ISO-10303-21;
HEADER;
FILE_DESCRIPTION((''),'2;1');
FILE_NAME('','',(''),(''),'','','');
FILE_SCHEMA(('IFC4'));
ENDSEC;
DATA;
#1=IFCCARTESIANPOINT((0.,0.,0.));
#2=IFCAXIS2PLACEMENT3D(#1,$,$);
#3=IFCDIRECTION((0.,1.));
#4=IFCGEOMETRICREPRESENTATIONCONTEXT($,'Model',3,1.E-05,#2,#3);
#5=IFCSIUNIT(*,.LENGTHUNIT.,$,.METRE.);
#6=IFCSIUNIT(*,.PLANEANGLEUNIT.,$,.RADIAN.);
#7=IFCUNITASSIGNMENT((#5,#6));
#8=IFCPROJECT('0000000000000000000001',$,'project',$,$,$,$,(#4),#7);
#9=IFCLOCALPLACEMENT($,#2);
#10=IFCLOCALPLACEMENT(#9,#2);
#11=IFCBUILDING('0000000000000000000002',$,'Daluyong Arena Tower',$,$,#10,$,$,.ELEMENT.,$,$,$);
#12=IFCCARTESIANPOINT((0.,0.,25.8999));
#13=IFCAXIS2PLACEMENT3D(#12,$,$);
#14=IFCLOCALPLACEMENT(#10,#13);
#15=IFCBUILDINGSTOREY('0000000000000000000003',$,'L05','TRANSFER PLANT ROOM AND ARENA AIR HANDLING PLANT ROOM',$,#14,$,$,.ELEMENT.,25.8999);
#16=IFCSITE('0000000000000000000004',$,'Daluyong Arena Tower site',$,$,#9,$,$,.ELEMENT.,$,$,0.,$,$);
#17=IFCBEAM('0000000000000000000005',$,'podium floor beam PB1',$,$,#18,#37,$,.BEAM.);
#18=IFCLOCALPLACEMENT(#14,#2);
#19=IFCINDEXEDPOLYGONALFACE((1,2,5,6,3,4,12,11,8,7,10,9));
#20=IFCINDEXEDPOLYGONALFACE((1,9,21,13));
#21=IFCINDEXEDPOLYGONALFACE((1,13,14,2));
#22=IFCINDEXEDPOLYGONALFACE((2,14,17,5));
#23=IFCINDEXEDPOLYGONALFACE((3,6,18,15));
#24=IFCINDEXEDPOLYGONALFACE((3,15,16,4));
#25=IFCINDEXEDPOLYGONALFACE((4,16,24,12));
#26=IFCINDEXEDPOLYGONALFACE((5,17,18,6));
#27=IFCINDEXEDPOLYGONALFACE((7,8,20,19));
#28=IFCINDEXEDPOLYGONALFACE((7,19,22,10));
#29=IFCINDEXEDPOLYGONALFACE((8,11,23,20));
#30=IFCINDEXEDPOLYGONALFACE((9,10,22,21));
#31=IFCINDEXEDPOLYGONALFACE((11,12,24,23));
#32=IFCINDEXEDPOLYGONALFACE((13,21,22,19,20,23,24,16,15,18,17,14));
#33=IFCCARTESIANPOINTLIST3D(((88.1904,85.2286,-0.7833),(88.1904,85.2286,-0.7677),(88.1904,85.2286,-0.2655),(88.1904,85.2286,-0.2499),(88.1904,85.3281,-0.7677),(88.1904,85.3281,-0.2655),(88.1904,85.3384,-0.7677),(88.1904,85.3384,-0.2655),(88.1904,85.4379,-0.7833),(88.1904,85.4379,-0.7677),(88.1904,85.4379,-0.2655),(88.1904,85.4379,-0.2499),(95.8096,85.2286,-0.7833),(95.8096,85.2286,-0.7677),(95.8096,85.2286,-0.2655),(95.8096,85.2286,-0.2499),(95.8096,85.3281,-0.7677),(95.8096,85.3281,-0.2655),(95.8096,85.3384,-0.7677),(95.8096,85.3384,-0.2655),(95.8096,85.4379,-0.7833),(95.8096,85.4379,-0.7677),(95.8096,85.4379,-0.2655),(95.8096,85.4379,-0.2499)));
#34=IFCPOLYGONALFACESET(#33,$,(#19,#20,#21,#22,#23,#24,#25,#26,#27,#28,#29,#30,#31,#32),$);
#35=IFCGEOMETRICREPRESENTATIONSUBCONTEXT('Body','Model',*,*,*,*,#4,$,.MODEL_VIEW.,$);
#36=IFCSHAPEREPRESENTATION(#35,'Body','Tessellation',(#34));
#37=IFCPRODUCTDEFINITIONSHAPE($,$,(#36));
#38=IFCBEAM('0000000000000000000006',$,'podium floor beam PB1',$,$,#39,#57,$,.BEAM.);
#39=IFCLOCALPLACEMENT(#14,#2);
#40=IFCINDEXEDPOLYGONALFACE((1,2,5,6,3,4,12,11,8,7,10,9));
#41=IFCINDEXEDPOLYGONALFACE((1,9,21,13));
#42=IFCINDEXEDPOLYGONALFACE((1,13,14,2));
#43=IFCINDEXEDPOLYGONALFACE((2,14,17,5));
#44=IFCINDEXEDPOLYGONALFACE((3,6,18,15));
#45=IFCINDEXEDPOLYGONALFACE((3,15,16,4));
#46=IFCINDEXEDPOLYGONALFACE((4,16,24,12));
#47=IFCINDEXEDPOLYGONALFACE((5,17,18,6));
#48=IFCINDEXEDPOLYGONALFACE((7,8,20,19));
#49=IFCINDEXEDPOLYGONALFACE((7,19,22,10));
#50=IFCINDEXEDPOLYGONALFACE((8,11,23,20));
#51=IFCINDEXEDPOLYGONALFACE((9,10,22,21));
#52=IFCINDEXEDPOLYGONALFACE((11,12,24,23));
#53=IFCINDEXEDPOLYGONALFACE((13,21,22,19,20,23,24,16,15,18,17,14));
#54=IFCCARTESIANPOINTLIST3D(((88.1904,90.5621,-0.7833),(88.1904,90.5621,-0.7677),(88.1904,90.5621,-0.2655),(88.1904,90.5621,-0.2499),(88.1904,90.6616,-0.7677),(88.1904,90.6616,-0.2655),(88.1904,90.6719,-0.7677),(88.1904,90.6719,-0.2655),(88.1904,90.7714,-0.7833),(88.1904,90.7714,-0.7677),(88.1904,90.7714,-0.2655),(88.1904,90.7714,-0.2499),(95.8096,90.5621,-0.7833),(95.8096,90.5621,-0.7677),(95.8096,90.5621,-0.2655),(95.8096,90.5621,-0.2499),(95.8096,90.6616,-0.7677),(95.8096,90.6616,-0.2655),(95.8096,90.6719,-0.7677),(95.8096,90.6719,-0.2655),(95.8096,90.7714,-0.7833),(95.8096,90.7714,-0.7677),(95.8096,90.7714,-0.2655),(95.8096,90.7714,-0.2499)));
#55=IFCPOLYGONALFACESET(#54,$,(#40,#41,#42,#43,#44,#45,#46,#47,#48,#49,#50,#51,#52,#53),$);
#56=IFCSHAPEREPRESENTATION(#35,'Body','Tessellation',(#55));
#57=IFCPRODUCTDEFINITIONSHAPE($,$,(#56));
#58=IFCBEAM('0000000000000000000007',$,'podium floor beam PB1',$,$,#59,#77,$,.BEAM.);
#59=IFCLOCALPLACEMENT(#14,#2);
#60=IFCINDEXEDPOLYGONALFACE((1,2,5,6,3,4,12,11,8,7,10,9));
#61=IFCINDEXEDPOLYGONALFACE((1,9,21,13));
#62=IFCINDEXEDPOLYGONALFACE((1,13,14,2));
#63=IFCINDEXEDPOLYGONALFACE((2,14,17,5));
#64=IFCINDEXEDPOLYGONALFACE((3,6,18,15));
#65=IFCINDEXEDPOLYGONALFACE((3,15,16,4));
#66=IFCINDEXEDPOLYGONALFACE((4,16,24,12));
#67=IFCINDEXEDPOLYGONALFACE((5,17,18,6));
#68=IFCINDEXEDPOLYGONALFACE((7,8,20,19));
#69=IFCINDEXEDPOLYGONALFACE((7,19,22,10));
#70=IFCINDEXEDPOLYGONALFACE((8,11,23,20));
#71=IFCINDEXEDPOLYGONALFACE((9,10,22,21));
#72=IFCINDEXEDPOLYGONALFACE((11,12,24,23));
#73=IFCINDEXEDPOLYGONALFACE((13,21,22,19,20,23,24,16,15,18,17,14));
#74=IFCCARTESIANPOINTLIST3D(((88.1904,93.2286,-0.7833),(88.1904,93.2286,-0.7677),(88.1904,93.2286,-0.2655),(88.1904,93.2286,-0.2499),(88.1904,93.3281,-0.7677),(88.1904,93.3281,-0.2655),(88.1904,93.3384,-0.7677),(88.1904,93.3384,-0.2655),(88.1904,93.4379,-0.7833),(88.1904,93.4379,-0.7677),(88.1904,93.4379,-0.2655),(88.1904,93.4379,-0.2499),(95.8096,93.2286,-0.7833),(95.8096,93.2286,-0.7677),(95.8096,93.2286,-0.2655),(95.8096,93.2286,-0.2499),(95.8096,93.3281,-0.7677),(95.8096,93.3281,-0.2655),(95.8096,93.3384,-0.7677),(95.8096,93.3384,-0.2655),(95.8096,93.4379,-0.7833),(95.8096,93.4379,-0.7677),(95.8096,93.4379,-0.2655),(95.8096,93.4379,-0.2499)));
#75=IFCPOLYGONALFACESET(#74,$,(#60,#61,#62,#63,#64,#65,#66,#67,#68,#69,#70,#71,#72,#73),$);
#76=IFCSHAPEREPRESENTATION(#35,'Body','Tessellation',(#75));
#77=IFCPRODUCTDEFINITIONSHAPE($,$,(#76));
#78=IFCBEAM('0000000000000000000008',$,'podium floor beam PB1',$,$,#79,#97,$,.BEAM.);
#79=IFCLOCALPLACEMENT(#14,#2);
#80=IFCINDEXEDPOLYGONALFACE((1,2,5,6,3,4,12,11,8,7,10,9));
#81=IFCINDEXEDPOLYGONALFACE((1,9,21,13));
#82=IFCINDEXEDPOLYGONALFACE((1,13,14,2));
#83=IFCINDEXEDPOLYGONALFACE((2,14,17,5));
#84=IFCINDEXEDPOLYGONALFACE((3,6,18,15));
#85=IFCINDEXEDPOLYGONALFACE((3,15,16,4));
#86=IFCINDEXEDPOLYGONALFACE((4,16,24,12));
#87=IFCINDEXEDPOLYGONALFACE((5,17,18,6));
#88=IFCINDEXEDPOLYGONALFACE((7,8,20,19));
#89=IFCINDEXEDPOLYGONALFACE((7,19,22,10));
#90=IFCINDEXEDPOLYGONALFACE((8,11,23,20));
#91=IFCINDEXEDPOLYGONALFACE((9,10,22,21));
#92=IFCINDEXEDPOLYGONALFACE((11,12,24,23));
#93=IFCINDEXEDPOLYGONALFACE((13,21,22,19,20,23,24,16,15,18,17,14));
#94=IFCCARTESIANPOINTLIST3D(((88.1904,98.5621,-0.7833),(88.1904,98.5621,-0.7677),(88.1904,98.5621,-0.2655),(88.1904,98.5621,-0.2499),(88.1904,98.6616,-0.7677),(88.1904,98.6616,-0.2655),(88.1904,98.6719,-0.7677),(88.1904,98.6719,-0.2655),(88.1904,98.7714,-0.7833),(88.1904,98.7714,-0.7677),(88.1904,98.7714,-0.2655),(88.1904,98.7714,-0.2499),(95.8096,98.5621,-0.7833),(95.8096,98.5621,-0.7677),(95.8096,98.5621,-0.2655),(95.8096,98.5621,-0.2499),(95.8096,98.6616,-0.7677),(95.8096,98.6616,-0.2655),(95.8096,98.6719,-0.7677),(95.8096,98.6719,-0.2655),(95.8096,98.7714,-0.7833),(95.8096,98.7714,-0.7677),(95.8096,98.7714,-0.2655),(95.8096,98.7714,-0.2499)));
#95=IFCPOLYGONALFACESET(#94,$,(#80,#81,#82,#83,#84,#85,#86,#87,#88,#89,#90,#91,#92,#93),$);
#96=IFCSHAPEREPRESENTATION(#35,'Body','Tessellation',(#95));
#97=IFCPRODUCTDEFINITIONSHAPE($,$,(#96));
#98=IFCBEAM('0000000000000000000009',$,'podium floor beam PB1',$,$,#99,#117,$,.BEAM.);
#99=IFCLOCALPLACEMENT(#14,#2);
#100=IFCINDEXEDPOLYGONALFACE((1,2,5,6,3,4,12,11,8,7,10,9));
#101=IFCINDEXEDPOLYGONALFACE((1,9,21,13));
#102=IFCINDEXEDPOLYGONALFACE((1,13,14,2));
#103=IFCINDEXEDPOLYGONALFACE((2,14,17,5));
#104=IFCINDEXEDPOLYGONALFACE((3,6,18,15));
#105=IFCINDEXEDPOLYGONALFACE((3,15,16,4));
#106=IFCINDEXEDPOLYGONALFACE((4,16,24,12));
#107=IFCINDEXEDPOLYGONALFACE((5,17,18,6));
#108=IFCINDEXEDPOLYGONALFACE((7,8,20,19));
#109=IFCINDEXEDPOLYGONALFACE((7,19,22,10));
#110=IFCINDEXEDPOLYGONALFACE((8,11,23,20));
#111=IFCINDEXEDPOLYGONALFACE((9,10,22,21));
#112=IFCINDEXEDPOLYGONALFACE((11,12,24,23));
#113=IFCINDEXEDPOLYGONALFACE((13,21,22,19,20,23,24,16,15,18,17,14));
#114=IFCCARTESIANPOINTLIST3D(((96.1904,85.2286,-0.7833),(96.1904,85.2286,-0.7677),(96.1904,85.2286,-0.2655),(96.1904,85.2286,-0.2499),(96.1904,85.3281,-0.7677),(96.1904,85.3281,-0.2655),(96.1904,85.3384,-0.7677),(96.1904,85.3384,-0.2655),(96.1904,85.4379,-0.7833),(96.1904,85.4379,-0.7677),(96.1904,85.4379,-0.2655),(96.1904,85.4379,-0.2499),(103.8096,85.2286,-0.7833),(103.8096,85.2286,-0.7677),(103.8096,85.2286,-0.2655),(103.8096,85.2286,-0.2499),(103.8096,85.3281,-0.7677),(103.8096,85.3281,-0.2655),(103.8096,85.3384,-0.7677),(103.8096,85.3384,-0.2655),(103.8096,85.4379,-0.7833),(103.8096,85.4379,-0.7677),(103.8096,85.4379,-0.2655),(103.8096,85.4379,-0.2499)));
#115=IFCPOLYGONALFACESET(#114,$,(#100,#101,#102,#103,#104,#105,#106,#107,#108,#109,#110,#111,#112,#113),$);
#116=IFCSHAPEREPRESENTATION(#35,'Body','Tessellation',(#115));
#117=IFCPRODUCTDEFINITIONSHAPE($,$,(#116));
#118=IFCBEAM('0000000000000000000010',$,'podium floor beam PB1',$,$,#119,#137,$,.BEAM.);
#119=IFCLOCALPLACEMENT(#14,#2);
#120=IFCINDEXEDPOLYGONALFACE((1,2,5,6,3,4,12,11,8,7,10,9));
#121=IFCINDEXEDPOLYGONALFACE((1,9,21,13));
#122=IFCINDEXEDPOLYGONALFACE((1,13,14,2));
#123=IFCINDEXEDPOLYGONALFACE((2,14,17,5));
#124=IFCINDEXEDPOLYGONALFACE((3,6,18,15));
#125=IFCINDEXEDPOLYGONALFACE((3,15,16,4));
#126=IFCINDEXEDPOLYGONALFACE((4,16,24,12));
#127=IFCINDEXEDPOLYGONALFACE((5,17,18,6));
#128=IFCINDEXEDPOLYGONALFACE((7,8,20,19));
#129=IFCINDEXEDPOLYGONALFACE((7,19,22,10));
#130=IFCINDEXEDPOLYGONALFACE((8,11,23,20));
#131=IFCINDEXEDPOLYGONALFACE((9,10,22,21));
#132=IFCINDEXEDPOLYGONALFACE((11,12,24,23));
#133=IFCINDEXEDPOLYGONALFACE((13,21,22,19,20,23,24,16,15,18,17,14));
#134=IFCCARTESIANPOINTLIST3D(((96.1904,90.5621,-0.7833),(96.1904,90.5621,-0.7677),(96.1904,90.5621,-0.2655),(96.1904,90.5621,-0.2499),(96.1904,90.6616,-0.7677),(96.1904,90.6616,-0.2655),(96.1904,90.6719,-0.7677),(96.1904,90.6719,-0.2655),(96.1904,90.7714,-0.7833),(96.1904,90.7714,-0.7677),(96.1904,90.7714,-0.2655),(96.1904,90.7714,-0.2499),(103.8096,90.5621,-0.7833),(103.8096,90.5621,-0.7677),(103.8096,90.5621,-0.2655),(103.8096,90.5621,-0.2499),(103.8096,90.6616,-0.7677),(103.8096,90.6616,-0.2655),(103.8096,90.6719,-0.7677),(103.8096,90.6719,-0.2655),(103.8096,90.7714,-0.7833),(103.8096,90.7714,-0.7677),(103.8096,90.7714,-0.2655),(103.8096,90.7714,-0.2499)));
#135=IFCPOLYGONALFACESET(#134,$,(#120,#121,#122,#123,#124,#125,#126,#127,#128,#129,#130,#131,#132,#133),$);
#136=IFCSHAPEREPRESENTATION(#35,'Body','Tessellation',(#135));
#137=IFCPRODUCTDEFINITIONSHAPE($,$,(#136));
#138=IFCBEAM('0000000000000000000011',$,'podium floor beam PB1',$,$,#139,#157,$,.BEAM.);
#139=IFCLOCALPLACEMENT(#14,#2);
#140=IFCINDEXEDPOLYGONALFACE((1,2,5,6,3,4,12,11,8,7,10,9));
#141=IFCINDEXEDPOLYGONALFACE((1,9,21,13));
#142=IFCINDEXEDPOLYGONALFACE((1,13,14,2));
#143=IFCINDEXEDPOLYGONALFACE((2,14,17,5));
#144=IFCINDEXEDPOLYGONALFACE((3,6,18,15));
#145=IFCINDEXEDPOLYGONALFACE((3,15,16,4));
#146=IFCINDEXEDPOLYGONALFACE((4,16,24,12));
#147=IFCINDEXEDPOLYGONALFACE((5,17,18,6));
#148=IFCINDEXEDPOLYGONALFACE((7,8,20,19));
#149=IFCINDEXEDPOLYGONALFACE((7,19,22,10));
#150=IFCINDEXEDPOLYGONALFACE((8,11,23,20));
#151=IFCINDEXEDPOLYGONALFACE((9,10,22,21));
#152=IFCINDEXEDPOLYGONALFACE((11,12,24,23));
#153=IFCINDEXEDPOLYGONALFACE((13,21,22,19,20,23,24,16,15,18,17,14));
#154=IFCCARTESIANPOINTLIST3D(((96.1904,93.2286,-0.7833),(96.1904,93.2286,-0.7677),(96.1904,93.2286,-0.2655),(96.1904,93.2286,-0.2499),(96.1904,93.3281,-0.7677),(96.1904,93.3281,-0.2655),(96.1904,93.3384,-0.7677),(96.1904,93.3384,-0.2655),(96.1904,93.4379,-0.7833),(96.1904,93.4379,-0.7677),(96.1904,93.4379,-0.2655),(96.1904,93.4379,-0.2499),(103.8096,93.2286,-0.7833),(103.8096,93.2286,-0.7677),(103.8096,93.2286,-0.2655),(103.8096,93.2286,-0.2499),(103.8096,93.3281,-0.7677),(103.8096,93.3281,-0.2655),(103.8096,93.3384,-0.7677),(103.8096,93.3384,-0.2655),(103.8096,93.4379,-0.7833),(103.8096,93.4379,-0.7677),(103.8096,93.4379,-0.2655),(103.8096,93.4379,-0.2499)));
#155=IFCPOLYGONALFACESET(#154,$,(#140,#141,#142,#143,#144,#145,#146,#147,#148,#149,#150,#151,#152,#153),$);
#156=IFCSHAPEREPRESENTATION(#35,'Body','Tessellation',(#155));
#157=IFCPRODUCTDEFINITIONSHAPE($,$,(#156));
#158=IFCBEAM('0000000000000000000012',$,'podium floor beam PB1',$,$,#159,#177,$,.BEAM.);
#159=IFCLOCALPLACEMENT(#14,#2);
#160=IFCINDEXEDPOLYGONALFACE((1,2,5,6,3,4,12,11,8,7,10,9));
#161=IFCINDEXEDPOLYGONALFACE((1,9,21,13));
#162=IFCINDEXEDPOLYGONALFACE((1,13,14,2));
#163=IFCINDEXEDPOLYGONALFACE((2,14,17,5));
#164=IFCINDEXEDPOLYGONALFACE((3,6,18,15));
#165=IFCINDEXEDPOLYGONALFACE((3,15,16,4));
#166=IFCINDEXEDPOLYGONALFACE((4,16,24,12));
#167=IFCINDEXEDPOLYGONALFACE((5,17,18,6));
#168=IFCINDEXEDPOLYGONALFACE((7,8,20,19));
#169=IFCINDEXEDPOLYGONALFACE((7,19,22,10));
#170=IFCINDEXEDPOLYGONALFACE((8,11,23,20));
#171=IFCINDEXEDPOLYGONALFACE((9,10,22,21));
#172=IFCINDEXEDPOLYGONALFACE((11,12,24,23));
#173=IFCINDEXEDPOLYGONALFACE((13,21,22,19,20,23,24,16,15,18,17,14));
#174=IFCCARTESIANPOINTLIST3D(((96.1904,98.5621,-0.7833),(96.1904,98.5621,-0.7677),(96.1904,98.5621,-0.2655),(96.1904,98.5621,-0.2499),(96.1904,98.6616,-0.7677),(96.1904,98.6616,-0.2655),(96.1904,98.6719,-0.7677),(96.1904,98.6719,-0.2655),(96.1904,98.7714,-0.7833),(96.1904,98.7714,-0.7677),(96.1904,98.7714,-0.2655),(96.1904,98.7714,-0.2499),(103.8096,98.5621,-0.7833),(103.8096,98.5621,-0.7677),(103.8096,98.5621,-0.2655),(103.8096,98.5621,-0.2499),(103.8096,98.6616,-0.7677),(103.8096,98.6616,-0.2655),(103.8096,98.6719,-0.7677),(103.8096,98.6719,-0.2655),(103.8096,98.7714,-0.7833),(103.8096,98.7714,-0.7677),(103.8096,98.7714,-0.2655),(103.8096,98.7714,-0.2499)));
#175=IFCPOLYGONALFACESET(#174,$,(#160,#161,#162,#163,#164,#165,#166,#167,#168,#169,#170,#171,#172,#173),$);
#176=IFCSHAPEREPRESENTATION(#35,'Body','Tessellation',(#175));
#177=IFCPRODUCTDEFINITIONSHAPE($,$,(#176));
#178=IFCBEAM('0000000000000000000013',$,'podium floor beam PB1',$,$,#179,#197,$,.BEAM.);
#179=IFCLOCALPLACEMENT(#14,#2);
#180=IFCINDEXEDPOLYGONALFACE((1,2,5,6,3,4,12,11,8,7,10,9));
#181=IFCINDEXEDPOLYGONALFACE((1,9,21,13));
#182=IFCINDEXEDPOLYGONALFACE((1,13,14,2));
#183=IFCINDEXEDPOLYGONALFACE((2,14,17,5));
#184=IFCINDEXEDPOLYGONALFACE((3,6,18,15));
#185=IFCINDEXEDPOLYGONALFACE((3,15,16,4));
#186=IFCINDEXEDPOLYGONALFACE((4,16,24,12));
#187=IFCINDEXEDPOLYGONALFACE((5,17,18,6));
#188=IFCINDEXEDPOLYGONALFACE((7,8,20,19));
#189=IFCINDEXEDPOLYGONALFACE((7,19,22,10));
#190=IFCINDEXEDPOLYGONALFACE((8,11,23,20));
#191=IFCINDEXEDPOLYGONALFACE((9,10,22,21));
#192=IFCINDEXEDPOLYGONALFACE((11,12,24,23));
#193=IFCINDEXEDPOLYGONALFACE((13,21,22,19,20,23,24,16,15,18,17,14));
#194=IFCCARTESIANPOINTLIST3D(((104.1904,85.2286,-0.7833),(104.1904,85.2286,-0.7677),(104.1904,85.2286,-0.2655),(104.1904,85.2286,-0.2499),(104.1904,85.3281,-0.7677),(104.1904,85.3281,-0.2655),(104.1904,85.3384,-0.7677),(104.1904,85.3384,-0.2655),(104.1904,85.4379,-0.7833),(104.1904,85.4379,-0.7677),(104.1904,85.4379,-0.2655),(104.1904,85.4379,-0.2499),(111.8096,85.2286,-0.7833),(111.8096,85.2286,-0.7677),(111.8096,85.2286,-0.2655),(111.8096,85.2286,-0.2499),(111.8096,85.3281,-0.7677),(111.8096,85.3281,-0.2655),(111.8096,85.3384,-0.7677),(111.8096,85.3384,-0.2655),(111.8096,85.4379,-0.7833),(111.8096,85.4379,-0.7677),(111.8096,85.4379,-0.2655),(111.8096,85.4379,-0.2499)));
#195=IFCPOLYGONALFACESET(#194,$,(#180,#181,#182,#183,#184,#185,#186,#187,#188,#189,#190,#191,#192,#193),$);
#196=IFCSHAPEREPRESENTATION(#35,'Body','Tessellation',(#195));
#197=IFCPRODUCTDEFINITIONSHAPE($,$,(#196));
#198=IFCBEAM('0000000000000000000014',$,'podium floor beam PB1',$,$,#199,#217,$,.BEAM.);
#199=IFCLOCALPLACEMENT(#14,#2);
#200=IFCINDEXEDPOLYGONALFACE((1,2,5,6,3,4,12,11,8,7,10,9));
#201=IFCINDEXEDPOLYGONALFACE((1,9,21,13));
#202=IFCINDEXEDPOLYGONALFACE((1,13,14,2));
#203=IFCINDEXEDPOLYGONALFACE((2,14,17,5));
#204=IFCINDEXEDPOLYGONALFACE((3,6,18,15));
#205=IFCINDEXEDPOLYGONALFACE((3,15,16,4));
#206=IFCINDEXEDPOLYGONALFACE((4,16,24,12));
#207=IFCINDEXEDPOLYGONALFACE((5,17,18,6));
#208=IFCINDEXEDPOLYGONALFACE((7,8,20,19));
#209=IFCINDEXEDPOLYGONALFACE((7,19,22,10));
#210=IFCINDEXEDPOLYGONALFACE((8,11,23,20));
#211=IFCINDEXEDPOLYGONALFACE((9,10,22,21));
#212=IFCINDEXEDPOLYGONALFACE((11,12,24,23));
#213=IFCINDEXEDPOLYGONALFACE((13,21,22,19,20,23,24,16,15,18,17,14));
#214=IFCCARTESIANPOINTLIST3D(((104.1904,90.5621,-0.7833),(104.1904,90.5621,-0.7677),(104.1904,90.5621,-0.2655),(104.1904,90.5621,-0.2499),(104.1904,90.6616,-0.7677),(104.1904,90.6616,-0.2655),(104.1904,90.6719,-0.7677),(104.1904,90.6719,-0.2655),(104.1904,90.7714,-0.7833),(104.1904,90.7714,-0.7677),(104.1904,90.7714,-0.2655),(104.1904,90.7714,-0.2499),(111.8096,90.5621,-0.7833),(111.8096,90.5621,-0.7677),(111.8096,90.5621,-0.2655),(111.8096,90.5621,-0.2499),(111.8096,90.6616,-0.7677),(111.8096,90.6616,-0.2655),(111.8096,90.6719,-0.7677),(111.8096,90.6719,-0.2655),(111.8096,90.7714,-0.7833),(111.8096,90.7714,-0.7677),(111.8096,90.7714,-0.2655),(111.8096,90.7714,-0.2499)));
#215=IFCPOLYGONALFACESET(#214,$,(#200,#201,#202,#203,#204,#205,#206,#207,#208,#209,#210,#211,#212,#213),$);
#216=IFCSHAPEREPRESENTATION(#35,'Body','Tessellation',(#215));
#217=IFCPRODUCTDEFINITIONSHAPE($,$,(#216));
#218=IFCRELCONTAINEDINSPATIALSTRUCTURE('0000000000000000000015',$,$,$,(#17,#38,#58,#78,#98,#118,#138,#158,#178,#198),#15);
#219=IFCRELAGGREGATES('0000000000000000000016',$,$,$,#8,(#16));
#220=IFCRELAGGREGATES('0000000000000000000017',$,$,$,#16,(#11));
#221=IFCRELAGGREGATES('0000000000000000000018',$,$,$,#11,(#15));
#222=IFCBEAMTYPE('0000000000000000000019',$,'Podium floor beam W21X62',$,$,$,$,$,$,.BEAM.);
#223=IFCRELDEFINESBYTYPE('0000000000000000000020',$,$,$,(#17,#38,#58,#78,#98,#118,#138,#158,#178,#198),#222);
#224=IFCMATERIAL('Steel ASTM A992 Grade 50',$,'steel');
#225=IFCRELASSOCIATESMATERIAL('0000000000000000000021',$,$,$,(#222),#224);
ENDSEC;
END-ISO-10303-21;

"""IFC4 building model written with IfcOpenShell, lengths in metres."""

from ifc_helpers import new_model, si_unit, direction, frame, origin, origin_2d, place, context, subcontext, project, spatial, i_section, extrude, material, material_profile, profile_set, type_object, element, save


model = new_model("IFC4")

# Units and contexts
model_context = context("Model", 3, precision=1e-05, world=origin(), true_north=direction((0.0, 1.0)))
body_context = subcontext(model_context, "Body", "Model", "MODEL_VIEW")
ifc_project = project(units=[si_unit("LENGTHUNIT", "METRE"), si_unit("PLANEANGLEUNIT", "RADIAN")], contexts=[model_context])

# Site, building, storey
site_placement = place(None, origin())
site = spatial("IfcSite", under=ifc_project, at=site_placement, Name="Daluyong Arena Tower site", CompositionType="ELEMENT", RefElevation=0.0)
building_placement = place(site_placement, origin())
building = spatial("IfcBuilding", under=site, at=building_placement, Name="Daluyong Arena Tower", CompositionType="ELEMENT")
storey_placement = place(building_placement, frame((0.0, 0.0, 25.8999)))
storey = spatial("IfcBuildingStorey", under=building, at=storey_placement, Name="L05", Description="TRANSFER PLANT ROOM AND ARENA AIR HANDLING PLANT ROOM", CompositionType="ELEMENT", Elevation=25.8999)

# Beams
ifc_material_1 = material(Name="Steel ASTM A992 Grade 50", Category="steel")
ifc_material_profile_1 = material_profile(ifc_material_1, i_section(OverallWidth=0.2092, OverallDepth=0.5334, WebThickness=0.0103, FlangeThickness=0.0156, at=origin_2d()))
ifc_profile_set_1 = profile_set([ifc_material_profile_1], Name="Steel ASTM A992 Grade 50")
beam_type_1 = type_object("IfcBeamType", Name="Podium floor beam W21X62", PredefinedType="BEAM", material=ifc_profile_set_1)
for number, where, z_axis, x_axis, name in (
    (1, (88.1904, 85.3333, -0.5166), (1.0, 0.0, 0.0), (0.0, 1.0, 0.0), "podium floor beam PB1"),
    (2, (88.1904, 90.6667, -0.5166), (1.0, 0.0, 0.0), (0.0, 1.0, 0.0), "podium floor beam PB1"),
    (3, (88.1904, 93.3333, -0.5166), (1.0, 0.0, 0.0), (0.0, 1.0, 0.0), "podium floor beam PB1"),
    (4, (88.1904, 98.6667, -0.5166), (1.0, 0.0, 0.0), (0.0, 1.0, 0.0), "podium floor beam PB1"),
    (5, (96.1904, 85.3333, -0.5166), (1.0, 0.0, 0.0), (0.0, 1.0, 0.0), "podium floor beam PB1"),
    (6, (96.1904, 90.6667, -0.5166), (1.0, 0.0, 0.0), (0.0, 1.0, 0.0), "podium floor beam PB1"),
    (7, (96.1904, 93.3333, -0.5166), (1.0, 0.0, 0.0), (0.0, 1.0, 0.0), "podium floor beam PB1"),
    (8, (96.1904, 98.6667, -0.5166), (1.0, 0.0, 0.0), (0.0, 1.0, 0.0), "podium floor beam PB1"),
    (9, (104.1904, 85.3333, -0.5166), (1.0, 0.0, 0.0), (0.0, 1.0, 0.0), "podium floor beam PB1"),
    (10, (104.1904, 90.6667, -0.5166), (1.0, 0.0, 0.0), (0.0, 1.0, 0.0), "podium floor beam PB1"),
):
    element("IfcBeam", number, at=place(storey_placement, frame(where, z_axis=z_axis, x_axis=x_axis)), inside=storey, type_object=beam_type_1, Name=name, PredefinedType="BEAM", context=body_context, shape_type="SweptSolid", body=[
        extrude(i_section(OverallWidth=0.2092, OverallDepth=0.5334, WebThickness=0.0103, FlangeThickness=0.0156, at=origin_2d()), origin(), (0.0, 0.0, 1.0), 7.6191),
    ])

save(model, "model.ifc")
